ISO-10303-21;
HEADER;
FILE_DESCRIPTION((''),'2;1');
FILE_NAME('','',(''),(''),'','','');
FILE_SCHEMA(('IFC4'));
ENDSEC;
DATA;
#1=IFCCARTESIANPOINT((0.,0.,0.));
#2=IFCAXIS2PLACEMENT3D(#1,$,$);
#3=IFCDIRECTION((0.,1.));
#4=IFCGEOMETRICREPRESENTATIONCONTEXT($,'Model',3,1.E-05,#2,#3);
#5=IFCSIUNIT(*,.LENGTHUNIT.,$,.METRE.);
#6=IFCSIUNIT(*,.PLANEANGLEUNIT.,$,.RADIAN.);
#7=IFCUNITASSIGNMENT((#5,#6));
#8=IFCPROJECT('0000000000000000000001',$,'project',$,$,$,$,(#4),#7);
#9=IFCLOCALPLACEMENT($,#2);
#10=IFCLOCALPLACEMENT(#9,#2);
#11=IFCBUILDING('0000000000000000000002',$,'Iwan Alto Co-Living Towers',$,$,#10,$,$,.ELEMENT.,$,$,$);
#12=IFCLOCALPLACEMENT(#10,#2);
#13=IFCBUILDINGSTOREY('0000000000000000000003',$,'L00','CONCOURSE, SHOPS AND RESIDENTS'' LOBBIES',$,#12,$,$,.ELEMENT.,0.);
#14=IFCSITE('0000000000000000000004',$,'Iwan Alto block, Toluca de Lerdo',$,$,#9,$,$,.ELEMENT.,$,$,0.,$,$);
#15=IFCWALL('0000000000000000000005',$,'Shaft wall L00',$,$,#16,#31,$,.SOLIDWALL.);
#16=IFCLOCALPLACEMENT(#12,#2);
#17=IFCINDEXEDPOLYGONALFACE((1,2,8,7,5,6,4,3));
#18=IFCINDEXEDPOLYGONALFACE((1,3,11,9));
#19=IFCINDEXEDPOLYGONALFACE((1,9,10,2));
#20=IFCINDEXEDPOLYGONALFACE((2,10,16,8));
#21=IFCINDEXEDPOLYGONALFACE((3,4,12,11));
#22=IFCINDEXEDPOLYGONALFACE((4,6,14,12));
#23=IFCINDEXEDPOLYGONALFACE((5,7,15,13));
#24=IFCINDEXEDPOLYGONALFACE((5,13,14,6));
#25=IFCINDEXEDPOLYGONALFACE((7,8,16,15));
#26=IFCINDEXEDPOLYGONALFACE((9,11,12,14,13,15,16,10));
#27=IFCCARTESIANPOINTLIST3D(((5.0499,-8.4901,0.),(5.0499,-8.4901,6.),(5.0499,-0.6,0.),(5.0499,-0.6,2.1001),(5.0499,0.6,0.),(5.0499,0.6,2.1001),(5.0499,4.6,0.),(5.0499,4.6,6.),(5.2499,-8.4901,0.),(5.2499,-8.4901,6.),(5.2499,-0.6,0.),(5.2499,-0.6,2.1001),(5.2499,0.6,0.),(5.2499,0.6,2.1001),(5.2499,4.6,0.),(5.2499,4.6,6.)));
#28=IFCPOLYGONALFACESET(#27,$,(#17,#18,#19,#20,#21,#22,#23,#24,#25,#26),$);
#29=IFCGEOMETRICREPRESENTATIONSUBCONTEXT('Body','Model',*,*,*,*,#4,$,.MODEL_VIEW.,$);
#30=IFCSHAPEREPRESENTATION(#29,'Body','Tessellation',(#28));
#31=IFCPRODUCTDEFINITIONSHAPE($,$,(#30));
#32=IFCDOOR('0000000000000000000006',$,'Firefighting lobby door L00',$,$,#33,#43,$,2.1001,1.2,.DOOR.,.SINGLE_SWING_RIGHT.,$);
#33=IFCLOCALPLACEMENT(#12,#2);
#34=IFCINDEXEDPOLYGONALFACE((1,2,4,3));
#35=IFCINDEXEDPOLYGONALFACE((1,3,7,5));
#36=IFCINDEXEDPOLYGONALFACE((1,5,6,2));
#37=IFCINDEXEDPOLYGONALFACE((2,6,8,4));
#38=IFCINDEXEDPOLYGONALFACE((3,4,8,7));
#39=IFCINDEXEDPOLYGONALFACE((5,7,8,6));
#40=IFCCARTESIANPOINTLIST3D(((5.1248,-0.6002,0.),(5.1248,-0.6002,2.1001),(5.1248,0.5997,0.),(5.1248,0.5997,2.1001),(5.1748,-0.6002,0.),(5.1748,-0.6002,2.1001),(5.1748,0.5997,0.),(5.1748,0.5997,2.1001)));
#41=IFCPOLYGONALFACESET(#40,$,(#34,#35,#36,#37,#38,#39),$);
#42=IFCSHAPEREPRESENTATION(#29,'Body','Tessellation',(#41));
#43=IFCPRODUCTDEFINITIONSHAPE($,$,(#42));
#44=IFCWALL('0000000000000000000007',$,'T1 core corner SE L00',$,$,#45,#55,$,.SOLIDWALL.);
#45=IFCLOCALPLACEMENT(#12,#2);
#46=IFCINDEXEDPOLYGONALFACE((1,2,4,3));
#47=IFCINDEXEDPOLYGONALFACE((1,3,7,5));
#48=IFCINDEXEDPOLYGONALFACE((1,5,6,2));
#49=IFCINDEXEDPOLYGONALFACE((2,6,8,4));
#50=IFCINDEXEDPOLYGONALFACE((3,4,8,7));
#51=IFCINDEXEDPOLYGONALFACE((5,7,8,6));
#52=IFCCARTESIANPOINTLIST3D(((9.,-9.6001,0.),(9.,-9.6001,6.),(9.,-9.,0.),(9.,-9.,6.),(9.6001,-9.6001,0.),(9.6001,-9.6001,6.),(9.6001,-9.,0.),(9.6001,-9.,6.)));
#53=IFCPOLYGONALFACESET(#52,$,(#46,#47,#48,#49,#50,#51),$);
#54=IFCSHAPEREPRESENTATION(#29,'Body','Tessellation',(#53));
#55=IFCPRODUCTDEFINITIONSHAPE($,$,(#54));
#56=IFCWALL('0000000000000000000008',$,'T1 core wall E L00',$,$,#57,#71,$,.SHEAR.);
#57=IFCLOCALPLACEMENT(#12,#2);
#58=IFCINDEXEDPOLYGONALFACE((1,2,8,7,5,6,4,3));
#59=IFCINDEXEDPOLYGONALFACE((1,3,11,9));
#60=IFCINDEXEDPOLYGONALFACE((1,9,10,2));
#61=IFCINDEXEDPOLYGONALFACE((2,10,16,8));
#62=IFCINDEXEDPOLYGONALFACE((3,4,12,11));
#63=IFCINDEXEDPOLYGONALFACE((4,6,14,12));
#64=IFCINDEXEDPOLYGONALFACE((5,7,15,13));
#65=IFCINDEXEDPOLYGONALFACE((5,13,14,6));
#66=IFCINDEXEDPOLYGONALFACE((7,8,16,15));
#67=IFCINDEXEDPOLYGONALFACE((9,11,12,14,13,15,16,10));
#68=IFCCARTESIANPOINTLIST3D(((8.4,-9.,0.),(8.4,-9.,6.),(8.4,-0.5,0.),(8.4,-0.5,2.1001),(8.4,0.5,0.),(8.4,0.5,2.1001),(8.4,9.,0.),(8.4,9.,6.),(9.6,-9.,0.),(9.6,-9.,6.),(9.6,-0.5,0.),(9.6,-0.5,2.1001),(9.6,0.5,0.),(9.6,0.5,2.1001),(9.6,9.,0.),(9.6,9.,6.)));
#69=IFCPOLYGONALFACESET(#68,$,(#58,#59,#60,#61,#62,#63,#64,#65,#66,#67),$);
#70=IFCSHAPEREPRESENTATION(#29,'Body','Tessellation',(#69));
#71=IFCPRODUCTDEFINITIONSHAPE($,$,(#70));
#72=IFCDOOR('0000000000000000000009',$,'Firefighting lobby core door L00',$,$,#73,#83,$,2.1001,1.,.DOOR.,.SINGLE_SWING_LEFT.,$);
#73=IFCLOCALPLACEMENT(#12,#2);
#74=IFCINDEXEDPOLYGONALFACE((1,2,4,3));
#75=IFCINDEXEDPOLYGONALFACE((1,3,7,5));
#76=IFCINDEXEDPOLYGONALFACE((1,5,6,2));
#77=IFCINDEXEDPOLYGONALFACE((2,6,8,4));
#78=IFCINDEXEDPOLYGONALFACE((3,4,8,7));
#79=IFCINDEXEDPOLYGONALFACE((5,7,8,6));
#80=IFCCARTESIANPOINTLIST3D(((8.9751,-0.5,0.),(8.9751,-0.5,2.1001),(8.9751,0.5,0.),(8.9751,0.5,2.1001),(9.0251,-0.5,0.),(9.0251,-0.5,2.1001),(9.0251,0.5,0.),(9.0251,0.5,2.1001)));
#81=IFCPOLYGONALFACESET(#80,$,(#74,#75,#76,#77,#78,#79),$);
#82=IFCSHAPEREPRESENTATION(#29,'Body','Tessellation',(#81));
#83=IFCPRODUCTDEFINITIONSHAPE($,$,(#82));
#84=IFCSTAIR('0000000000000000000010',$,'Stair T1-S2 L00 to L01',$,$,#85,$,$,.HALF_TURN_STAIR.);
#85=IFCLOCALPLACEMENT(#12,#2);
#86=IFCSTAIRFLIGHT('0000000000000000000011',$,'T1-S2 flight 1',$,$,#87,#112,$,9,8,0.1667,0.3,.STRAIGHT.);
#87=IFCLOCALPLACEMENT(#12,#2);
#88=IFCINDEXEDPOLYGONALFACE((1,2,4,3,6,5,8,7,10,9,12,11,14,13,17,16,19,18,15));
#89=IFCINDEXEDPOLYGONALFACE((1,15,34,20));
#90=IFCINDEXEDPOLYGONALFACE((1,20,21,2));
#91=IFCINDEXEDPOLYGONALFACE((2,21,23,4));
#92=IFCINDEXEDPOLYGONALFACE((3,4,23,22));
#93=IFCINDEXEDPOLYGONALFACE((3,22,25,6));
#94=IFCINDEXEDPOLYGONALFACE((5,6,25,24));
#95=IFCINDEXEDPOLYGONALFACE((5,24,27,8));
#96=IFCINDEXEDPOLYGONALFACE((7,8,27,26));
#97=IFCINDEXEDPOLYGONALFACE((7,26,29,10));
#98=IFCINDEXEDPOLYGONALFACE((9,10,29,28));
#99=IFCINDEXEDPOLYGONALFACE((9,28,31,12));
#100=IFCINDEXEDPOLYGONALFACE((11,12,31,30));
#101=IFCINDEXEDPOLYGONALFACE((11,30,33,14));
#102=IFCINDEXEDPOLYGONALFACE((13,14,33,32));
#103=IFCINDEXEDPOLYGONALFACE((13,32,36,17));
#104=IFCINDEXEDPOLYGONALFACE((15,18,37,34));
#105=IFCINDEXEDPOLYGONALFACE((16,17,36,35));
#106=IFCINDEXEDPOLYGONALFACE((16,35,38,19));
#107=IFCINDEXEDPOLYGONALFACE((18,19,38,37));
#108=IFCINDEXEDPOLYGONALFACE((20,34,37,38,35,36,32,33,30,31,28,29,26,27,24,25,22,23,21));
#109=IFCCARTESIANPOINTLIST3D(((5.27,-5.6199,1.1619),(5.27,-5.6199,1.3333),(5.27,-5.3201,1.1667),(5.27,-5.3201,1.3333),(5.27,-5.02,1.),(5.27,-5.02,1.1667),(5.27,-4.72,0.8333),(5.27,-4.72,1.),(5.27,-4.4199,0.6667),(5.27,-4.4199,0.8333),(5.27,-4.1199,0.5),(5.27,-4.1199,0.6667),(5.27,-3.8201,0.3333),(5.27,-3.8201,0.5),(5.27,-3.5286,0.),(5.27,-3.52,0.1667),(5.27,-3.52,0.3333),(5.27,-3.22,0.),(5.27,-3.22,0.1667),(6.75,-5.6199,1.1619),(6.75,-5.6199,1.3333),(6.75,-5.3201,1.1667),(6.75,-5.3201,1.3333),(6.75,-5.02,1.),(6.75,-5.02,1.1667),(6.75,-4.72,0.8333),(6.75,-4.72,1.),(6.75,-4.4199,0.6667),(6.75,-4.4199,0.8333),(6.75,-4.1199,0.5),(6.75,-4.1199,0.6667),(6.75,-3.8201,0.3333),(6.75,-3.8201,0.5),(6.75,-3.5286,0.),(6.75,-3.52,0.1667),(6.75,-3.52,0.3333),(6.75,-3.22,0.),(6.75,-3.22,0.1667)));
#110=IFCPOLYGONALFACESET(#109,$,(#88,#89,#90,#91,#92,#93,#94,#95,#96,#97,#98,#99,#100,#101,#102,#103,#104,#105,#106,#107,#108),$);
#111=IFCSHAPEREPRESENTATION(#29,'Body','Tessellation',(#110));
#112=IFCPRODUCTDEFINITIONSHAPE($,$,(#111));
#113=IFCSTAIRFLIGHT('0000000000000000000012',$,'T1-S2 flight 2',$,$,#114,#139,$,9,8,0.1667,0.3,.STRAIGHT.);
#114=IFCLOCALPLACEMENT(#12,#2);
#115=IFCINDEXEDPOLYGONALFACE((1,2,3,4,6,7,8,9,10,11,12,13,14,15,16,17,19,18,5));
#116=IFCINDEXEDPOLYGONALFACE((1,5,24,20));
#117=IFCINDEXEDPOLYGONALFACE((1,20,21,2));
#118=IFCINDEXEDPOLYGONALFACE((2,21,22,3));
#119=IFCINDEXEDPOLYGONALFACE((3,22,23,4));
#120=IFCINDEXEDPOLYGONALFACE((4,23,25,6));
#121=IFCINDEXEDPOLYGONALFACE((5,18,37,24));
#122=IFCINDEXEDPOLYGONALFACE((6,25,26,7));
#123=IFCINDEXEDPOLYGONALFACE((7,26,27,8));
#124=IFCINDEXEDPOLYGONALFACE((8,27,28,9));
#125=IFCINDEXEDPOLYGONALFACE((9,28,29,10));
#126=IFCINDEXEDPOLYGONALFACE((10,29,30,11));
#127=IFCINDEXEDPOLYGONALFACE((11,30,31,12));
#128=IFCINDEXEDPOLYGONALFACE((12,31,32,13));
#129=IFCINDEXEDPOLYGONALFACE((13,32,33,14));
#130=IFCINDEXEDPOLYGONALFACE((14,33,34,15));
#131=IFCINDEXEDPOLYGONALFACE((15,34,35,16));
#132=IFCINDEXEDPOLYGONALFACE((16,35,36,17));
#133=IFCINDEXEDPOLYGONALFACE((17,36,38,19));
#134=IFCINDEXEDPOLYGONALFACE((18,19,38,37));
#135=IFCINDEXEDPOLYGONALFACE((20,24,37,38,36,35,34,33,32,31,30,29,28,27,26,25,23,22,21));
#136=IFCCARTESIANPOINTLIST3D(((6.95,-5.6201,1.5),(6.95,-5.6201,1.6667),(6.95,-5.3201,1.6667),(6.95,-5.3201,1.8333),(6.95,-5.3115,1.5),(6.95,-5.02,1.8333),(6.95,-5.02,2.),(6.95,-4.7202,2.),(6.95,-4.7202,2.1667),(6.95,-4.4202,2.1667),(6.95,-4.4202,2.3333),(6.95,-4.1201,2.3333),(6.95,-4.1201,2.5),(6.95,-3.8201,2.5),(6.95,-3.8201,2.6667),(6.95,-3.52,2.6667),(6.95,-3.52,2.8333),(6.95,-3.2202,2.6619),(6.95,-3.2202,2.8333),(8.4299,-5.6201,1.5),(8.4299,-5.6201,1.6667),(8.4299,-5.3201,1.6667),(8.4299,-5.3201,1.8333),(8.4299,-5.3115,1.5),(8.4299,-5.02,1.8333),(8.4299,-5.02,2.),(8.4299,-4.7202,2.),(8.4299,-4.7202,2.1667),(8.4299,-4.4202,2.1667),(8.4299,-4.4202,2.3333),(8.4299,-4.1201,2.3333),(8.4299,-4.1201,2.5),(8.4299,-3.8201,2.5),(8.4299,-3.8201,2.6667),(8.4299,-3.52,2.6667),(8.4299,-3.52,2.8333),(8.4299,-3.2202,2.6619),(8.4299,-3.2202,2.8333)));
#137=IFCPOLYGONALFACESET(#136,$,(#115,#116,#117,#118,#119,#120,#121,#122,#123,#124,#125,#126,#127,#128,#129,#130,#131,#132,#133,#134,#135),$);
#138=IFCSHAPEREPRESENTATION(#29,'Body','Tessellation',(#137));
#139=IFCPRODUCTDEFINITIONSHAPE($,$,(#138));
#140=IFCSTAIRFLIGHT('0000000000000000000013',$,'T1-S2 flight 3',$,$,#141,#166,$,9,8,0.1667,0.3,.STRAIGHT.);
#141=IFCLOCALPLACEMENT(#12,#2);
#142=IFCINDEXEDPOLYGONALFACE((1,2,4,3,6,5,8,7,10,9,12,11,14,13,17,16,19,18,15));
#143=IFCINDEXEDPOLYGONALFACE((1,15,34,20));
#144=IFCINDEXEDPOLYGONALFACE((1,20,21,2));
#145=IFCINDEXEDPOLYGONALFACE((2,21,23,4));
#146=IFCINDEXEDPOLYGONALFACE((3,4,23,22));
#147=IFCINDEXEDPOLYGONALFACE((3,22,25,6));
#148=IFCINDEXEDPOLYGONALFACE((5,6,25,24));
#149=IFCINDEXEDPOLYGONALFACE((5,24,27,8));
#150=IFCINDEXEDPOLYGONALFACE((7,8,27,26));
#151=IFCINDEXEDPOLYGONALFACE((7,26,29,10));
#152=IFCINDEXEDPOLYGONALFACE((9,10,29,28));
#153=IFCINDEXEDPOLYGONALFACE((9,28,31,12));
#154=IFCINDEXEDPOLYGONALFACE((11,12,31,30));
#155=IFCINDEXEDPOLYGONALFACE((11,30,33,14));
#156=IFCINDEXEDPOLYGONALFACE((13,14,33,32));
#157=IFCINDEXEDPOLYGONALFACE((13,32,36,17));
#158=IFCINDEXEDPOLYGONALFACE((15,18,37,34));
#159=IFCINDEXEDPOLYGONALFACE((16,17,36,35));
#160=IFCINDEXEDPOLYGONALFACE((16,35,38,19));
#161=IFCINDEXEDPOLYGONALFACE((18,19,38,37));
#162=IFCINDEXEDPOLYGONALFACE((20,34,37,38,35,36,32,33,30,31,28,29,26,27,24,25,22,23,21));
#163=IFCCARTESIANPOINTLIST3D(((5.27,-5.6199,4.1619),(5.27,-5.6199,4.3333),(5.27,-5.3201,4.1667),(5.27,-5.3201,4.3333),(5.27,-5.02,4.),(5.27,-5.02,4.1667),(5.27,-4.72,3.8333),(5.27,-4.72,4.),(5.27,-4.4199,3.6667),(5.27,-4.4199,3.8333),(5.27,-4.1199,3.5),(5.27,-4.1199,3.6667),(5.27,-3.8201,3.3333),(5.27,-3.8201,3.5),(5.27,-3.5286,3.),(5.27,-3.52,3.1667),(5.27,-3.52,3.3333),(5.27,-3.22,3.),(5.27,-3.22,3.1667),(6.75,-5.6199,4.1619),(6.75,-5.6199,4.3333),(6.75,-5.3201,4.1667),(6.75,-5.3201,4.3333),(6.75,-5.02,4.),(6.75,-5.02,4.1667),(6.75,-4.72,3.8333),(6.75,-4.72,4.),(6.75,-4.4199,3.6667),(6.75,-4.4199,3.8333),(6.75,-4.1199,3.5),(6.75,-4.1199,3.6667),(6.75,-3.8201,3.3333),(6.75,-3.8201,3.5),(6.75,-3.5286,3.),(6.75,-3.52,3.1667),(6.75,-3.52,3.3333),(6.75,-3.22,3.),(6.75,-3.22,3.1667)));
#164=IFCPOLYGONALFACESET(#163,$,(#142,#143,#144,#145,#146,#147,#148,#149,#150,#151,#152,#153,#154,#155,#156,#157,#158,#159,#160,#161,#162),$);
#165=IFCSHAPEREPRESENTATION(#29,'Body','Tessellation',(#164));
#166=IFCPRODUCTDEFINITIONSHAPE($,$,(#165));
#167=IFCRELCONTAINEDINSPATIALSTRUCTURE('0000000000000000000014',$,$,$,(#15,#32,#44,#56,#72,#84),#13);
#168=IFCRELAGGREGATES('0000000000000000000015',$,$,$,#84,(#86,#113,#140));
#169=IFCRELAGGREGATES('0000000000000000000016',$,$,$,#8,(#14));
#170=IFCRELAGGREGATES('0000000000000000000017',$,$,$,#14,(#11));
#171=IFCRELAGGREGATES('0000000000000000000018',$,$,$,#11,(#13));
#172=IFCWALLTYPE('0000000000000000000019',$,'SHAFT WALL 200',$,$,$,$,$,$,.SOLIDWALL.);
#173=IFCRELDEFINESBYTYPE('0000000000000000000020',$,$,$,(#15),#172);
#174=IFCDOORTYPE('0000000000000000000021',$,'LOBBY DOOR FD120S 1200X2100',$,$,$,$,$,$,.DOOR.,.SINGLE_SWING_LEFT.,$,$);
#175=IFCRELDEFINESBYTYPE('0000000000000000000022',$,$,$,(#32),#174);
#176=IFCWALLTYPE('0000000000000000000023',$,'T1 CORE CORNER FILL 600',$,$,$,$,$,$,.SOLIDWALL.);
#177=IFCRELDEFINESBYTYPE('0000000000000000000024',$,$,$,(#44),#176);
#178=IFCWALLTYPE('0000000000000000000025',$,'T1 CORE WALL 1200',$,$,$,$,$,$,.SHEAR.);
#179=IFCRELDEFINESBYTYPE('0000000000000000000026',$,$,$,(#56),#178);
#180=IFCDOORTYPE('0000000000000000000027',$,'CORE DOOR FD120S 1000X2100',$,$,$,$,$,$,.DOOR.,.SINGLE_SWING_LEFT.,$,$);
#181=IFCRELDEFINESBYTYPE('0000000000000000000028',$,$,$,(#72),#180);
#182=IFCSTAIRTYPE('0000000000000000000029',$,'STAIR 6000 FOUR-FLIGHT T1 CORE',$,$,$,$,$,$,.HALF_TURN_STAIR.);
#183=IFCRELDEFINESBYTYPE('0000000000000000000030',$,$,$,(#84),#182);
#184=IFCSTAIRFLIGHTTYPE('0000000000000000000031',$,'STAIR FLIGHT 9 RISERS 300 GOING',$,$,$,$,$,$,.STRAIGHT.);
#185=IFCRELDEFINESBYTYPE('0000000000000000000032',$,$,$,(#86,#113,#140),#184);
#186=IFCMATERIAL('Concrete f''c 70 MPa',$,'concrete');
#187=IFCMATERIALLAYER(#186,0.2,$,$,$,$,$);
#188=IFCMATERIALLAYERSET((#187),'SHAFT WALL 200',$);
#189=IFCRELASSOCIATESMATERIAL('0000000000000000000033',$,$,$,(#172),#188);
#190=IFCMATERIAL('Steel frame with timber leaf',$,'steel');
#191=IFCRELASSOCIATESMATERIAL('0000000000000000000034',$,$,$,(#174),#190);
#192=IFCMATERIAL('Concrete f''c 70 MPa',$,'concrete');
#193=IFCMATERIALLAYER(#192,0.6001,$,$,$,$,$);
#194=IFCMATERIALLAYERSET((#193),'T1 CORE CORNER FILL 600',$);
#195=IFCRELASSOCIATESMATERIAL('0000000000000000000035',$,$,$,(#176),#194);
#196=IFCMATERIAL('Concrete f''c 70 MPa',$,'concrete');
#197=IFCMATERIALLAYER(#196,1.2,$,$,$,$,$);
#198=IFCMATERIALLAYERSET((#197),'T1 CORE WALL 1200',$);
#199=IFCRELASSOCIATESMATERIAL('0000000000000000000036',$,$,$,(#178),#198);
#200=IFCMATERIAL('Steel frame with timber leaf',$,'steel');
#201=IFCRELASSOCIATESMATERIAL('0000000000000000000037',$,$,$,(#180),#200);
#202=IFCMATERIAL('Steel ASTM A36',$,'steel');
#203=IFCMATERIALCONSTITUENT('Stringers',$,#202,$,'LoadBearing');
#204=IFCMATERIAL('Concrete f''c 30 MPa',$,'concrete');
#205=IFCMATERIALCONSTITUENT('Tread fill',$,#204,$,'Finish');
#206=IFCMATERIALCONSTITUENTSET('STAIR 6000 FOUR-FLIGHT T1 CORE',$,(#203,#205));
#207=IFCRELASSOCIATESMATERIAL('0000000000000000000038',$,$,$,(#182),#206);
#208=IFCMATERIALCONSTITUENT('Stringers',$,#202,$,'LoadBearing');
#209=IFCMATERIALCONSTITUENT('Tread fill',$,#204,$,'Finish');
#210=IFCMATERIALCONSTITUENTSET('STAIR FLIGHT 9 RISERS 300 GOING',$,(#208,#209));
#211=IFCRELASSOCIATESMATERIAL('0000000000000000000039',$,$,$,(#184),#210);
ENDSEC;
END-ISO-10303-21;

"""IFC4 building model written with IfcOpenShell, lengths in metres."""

from ifc_helpers import new_model, si_unit, direction, frame, frame_2d, origin, place, context, subcontext, project, spatial, polyline, rectangle, outline, extrude, material, layer, layer_set, constituent, constituent_set, type_object, element, fill, aggregate, save


model = new_model("IFC4")

# Units and contexts
model_context = context("Model", 3, precision=1e-05, world=origin(), true_north=direction((0.0, 1.0)))
body_context = subcontext(model_context, "Body", "Model", "MODEL_VIEW")
ifc_project = project(units=[si_unit("LENGTHUNIT", "METRE"), si_unit("PLANEANGLEUNIT", "RADIAN")], contexts=[model_context])

# Site, building, storey
site_placement = place(None, origin())
site = spatial("IfcSite", under=ifc_project, at=site_placement, Name="Iwan Alto block, Toluca de Lerdo", CompositionType="ELEMENT", RefElevation=0.0)
building_placement = place(site_placement, origin())
building = spatial("IfcBuilding", under=site, at=building_placement, Name="Iwan Alto Co-Living Towers", CompositionType="ELEMENT")
storey_placement = place(building_placement, origin())
storey = spatial("IfcBuildingStorey", under=building, at=storey_placement, Name="L00", Description="CONCOURSE, SHOPS AND RESIDENTS' LOBBIES", CompositionType="ELEMENT", Elevation=0.0)

# Wall, opening, door
ifc_material_1 = material(Name="Concrete f'c 70 MPa", Category="concrete")
ifc_layer_1 = layer(ifc_material_1, 0.2)
ifc_layer_set_1 = layer_set([ifc_layer_1], Name="SHAFT WALL 200")
wall_type_1 = type_object("IfcWallType", Name="SHAFT WALL 200", PredefinedType="SOLIDWALL", material=ifc_layer_set_1)
wall_1_placement = place(storey_placement, frame((5.1499, -8.49, 0.0), z_axis=(0.0, 0.0, 1.0), x_axis=(0.0, 1.0, 0.0)))
wall_1 = element("IfcWall", 1, at=wall_1_placement, inside=storey, type_object=wall_type_1, Name="Shaft wall L00", PredefinedType="SOLIDWALL", context=body_context, shape_type="SweptSolid", body=[
    extrude(rectangle(XDim=13.0901, YDim=0.2, at=frame_2d((6.5449, 0.0))), origin(), (0.0, 0.0, 1.0), 6.0),
])
opening_1_placement = place(wall_1_placement, frame((7.8899, 0.0, 0.0)))
opening_1 = element("IfcOpeningElement", 2, at=opening_1_placement, cuts=wall_1, PredefinedType="OPENING", context=body_context, shape_type="SweptSolid", body=[
    extrude(rectangle(XDim=1.2, YDim=2.1001, at=frame_2d((0.6001, 1.05))), frame((0.0, 0.1099, 0.0), z_axis=(0.0, -1.0, 0.0), x_axis=(1.0, 0.0, 0.0)), (0.0, 0.0, 1.0), 0.22),
])
ifc_material_2 = material(Name="Steel frame with timber leaf", Category="steel")
door_type_1 = type_object("IfcDoorType", Name="LOBBY DOOR FD120S 1200X2100", OperationType="SINGLE_SWING_LEFT", PredefinedType="DOOR", material=ifc_material_2)
door_1_placement = place(opening_1_placement, frame((1.2, 0.0, 0.0), z_axis=(0.0, 0.0, 1.0), x_axis=(-1.0, 0.0, 0.0)))
door_1 = element("IfcDoor", 3, at=door_1_placement, inside=storey, type_object=door_type_1, Name="Firefighting lobby door L00", OperationType="SINGLE_SWING_RIGHT", OverallHeight=2.1001, OverallWidth=1.2, PredefinedType="DOOR", context=body_context, shape_type="SweptSolid", body=[
    extrude(rectangle(XDim=1.2, YDim=2.1001, at=frame_2d((0.6001, 1.05))), frame((0.0, 0.0249, 0.0), z_axis=(0.0, -1.0, 0.0), x_axis=(1.0, 0.0, 0.0)), (0.0, 0.0, 1.0), 0.05),
])
fill(opening_1, door_1)

# Wall
ifc_material_3 = material(Name="Concrete f'c 70 MPa", Category="concrete")
ifc_layer_2 = layer(ifc_material_3, 0.6001)
ifc_layer_set_2 = layer_set([ifc_layer_2], Name="T1 CORE CORNER FILL 600")
wall_type_2 = type_object("IfcWallType", Name="T1 CORE CORNER FILL 600", PredefinedType="SOLIDWALL", material=ifc_layer_set_2)
wall_2_placement = place(storey_placement, frame((9.0, -9.3, 0.0), z_axis=(0.0, 0.0, 1.0), x_axis=(1.0, 0.0, 0.0)))
element("IfcWall", 4, at=wall_2_placement, inside=storey, type_object=wall_type_2, Name="T1 core corner SE L00", PredefinedType="SOLIDWALL", context=body_context, shape_type="SweptSolid", body=[
    extrude(rectangle(XDim=0.6001, YDim=0.6001, at=frame_2d((0.3, 0.0))), origin(), (0.0, 0.0, 1.0), 6.0),
])

# Wall, opening, door
ifc_material_4 = material(Name="Concrete f'c 70 MPa", Category="concrete")
ifc_layer_3 = layer(ifc_material_4, 1.2)
ifc_layer_set_3 = layer_set([ifc_layer_3], Name="T1 CORE WALL 1200")
wall_type_3 = type_object("IfcWallType", Name="T1 CORE WALL 1200", PredefinedType="SHEAR", material=ifc_layer_set_3)
wall_3_placement = place(storey_placement, frame((9.0, -9.0, 0.0), z_axis=(0.0, 0.0, 1.0), x_axis=(0.0, 1.0, 0.0)))
wall_3 = element("IfcWall", 5, at=wall_3_placement, inside=storey, type_object=wall_type_3, Name="T1 core wall E L00", PredefinedType="SHEAR", context=body_context, shape_type="SweptSolid", body=[
    extrude(rectangle(XDim=18.0, YDim=1.2, at=frame_2d((9.0, 0.0))), origin(), (0.0, 0.0, 1.0), 6.0),
])
opening_2_placement = place(wall_3_placement, frame((8.5, 0.0, 0.0)))
opening_2 = element("IfcOpeningElement", 6, at=opening_2_placement, cuts=wall_3, PredefinedType="OPENING", context=body_context, shape_type="SweptSolid", body=[
    extrude(rectangle(XDim=1.0, YDim=2.1001, at=frame_2d((0.5, 1.05))), frame((0.0, 0.6099, 0.0), z_axis=(0.0, -1.0, 0.0), x_axis=(1.0, 0.0, 0.0)), (0.0, 0.0, 1.0), 1.22),
])
ifc_material_5 = material(Name="Steel frame with timber leaf", Category="steel")
door_type_2 = type_object("IfcDoorType", Name="CORE DOOR FD120S 1000X2100", OperationType="SINGLE_SWING_LEFT", PredefinedType="DOOR", material=ifc_material_5)
door_2_placement = place(opening_2_placement, origin())
door_2 = element("IfcDoor", 7, at=door_2_placement, inside=storey, type_object=door_type_2, Name="Firefighting lobby core door L00", OperationType="SINGLE_SWING_LEFT", OverallHeight=2.1001, OverallWidth=1.0, PredefinedType="DOOR", context=body_context, shape_type="SweptSolid", body=[
    extrude(rectangle(XDim=1.0, YDim=2.1001, at=frame_2d((0.5, 1.05))), frame((0.0, 0.0249, 0.0), z_axis=(0.0, -1.0, 0.0), x_axis=(1.0, 0.0, 0.0)), (0.0, 0.0, 1.0), 0.05),
])
fill(opening_2, door_2)

# Stair, stair flights
ifc_material_6 = material(Name="Steel ASTM A36", Category="steel")
ifc_constituent_1 = constituent(ifc_material_6, Name="Stringers", Category="LoadBearing")
ifc_material_7 = material(Name="Concrete f'c 30 MPa", Category="concrete")
ifc_constituent_2 = constituent(ifc_material_7, Name="Tread fill", Category="Finish")
ifc_constituent_set_1 = constituent_set(constituents=[ifc_constituent_1, ifc_constituent_2], Name="STAIR 6000 FOUR-FLIGHT T1 CORE")
stair_type = type_object("IfcStairType", Name="STAIR 6000 FOUR-FLIGHT T1 CORE", PredefinedType="HALF_TURN_STAIR", material=ifc_constituent_set_1)
stair_placement = place(storey_placement, origin())
stair = element("IfcStair", 8, at=stair_placement, inside=storey, type_object=stair_type, Name="Stair T1-S2 L00 to L01", PredefinedType="HALF_TURN_STAIR")
ifc_constituent_3 = constituent(ifc_material_6, Name="Stringers", Category="LoadBearing")
ifc_constituent_4 = constituent(ifc_material_7, Name="Tread fill", Category="Finish")
ifc_constituent_set_2 = constituent_set(constituents=[ifc_constituent_3, ifc_constituent_4], Name="STAIR FLIGHT 9 RISERS 300 GOING")
stair_flight_type = type_object("IfcStairFlightType", Name="STAIR FLIGHT 9 RISERS 300 GOING", PredefinedType="STRAIGHT", material=ifc_constituent_set_2)
stair_flight_1_placement = place(storey_placement, frame((6.01, -3.22, 0.0), z_axis=(0.0, 0.0, 1.0), x_axis=(0.0, -1.0, 0.0)))
stair_flight_1 = element("IfcStairFlight", 9, at=stair_flight_1_placement, type_object=stair_flight_type, Name="T1-S2 flight 1", NumberOfRisers=9, NumberOfTreads=8, PredefinedType="STRAIGHT", RiserHeight=0.1667, TreadLength=0.3, context=body_context, shape_type="SweptSolid", body=[
    extrude(outline(polyline([(0.0, 0.0), (0.0, 0.1667), (0.3, 0.1667), (0.3, 0.3333), (0.6001, 0.3333), (0.6001, 0.5), (0.8999, 0.5), (0.8999, 0.6667), (1.2, 0.6667), (1.2, 0.8333), (1.5, 0.8333), (1.5, 1.0), (1.8, 1.0), (1.8, 1.1667), (2.1001, 1.1667), (2.1001, 1.3333), (2.3999, 1.3333), (2.3999, 1.5), (2.3999, 1.1619), (0.3086, 0.0), (0.0, 0.0)])), frame((0.0, 0.74, 0.0), z_axis=(0.0, -1.0, 0.0), x_axis=(1.0, 0.0, 0.0)), (0.0, 0.0, 1.0), 1.48),
])
stair_flight_2_placement = place(storey_placement, frame((7.6899, -5.6201, 1.5), z_axis=(0.0, 0.0, 1.0), x_axis=(0.0, 1.0, 0.0)))
stair_flight_2 = element("IfcStairFlight", 10, at=stair_flight_2_placement, type_object=stair_flight_type, Name="T1-S2 flight 2", NumberOfRisers=9, NumberOfTreads=8, PredefinedType="STRAIGHT", RiserHeight=0.1667, TreadLength=0.3, context=body_context, shape_type="SweptSolid", body=[
    extrude(outline(polyline([(0.0, 0.0), (0.0, 0.1667), (0.3, 0.1667), (0.3, 0.3333), (0.6001, 0.3333), (0.6001, 0.5), (0.8999, 0.5), (0.8999, 0.6667), (1.2, 0.6667), (1.2, 0.8333), (1.5, 0.8333), (1.5, 1.0), (1.8, 1.0), (1.8, 1.1667), (2.1001, 1.1667), (2.1001, 1.3333), (2.3999, 1.3333), (2.3999, 1.5), (2.3999, 1.1619), (0.3086, 0.0), (0.0, 0.0)])), frame((0.0, 0.74, 0.0), z_axis=(0.0, -1.0, 0.0), x_axis=(1.0, 0.0, 0.0)), (0.0, 0.0, 1.0), 1.48),
])
stair_flight_3_placement = place(storey_placement, frame((6.01, -3.22, 3.0), z_axis=(0.0, 0.0, 1.0), x_axis=(0.0, -1.0, 0.0)))
stair_flight_3 = element("IfcStairFlight", 11, at=stair_flight_3_placement, type_object=stair_flight_type, Name="T1-S2 flight 3", NumberOfRisers=9, NumberOfTreads=8, PredefinedType="STRAIGHT", RiserHeight=0.1667, TreadLength=0.3, context=body_context, shape_type="SweptSolid", body=[
    extrude(outline(polyline([(0.0, 0.0), (0.0, 0.1667), (0.3, 0.1667), (0.3, 0.3333), (0.6001, 0.3333), (0.6001, 0.5), (0.8999, 0.5), (0.8999, 0.6667), (1.2, 0.6667), (1.2, 0.8333), (1.5, 0.8333), (1.5, 1.0), (1.8, 1.0), (1.8, 1.1667), (2.1001, 1.1667), (2.1001, 1.3333), (2.3999, 1.3333), (2.3999, 1.5), (2.3999, 1.1619), (0.3086, 0.0), (0.0, 0.0)])), frame((0.0, 0.74, 0.0), z_axis=(0.0, -1.0, 0.0), x_axis=(1.0, 0.0, 0.0)), (0.0, 0.0, 1.0), 1.48),
])
aggregate(stair, [stair_flight_1, stair_flight_2, stair_flight_3])

save(model, "model.ifc")
